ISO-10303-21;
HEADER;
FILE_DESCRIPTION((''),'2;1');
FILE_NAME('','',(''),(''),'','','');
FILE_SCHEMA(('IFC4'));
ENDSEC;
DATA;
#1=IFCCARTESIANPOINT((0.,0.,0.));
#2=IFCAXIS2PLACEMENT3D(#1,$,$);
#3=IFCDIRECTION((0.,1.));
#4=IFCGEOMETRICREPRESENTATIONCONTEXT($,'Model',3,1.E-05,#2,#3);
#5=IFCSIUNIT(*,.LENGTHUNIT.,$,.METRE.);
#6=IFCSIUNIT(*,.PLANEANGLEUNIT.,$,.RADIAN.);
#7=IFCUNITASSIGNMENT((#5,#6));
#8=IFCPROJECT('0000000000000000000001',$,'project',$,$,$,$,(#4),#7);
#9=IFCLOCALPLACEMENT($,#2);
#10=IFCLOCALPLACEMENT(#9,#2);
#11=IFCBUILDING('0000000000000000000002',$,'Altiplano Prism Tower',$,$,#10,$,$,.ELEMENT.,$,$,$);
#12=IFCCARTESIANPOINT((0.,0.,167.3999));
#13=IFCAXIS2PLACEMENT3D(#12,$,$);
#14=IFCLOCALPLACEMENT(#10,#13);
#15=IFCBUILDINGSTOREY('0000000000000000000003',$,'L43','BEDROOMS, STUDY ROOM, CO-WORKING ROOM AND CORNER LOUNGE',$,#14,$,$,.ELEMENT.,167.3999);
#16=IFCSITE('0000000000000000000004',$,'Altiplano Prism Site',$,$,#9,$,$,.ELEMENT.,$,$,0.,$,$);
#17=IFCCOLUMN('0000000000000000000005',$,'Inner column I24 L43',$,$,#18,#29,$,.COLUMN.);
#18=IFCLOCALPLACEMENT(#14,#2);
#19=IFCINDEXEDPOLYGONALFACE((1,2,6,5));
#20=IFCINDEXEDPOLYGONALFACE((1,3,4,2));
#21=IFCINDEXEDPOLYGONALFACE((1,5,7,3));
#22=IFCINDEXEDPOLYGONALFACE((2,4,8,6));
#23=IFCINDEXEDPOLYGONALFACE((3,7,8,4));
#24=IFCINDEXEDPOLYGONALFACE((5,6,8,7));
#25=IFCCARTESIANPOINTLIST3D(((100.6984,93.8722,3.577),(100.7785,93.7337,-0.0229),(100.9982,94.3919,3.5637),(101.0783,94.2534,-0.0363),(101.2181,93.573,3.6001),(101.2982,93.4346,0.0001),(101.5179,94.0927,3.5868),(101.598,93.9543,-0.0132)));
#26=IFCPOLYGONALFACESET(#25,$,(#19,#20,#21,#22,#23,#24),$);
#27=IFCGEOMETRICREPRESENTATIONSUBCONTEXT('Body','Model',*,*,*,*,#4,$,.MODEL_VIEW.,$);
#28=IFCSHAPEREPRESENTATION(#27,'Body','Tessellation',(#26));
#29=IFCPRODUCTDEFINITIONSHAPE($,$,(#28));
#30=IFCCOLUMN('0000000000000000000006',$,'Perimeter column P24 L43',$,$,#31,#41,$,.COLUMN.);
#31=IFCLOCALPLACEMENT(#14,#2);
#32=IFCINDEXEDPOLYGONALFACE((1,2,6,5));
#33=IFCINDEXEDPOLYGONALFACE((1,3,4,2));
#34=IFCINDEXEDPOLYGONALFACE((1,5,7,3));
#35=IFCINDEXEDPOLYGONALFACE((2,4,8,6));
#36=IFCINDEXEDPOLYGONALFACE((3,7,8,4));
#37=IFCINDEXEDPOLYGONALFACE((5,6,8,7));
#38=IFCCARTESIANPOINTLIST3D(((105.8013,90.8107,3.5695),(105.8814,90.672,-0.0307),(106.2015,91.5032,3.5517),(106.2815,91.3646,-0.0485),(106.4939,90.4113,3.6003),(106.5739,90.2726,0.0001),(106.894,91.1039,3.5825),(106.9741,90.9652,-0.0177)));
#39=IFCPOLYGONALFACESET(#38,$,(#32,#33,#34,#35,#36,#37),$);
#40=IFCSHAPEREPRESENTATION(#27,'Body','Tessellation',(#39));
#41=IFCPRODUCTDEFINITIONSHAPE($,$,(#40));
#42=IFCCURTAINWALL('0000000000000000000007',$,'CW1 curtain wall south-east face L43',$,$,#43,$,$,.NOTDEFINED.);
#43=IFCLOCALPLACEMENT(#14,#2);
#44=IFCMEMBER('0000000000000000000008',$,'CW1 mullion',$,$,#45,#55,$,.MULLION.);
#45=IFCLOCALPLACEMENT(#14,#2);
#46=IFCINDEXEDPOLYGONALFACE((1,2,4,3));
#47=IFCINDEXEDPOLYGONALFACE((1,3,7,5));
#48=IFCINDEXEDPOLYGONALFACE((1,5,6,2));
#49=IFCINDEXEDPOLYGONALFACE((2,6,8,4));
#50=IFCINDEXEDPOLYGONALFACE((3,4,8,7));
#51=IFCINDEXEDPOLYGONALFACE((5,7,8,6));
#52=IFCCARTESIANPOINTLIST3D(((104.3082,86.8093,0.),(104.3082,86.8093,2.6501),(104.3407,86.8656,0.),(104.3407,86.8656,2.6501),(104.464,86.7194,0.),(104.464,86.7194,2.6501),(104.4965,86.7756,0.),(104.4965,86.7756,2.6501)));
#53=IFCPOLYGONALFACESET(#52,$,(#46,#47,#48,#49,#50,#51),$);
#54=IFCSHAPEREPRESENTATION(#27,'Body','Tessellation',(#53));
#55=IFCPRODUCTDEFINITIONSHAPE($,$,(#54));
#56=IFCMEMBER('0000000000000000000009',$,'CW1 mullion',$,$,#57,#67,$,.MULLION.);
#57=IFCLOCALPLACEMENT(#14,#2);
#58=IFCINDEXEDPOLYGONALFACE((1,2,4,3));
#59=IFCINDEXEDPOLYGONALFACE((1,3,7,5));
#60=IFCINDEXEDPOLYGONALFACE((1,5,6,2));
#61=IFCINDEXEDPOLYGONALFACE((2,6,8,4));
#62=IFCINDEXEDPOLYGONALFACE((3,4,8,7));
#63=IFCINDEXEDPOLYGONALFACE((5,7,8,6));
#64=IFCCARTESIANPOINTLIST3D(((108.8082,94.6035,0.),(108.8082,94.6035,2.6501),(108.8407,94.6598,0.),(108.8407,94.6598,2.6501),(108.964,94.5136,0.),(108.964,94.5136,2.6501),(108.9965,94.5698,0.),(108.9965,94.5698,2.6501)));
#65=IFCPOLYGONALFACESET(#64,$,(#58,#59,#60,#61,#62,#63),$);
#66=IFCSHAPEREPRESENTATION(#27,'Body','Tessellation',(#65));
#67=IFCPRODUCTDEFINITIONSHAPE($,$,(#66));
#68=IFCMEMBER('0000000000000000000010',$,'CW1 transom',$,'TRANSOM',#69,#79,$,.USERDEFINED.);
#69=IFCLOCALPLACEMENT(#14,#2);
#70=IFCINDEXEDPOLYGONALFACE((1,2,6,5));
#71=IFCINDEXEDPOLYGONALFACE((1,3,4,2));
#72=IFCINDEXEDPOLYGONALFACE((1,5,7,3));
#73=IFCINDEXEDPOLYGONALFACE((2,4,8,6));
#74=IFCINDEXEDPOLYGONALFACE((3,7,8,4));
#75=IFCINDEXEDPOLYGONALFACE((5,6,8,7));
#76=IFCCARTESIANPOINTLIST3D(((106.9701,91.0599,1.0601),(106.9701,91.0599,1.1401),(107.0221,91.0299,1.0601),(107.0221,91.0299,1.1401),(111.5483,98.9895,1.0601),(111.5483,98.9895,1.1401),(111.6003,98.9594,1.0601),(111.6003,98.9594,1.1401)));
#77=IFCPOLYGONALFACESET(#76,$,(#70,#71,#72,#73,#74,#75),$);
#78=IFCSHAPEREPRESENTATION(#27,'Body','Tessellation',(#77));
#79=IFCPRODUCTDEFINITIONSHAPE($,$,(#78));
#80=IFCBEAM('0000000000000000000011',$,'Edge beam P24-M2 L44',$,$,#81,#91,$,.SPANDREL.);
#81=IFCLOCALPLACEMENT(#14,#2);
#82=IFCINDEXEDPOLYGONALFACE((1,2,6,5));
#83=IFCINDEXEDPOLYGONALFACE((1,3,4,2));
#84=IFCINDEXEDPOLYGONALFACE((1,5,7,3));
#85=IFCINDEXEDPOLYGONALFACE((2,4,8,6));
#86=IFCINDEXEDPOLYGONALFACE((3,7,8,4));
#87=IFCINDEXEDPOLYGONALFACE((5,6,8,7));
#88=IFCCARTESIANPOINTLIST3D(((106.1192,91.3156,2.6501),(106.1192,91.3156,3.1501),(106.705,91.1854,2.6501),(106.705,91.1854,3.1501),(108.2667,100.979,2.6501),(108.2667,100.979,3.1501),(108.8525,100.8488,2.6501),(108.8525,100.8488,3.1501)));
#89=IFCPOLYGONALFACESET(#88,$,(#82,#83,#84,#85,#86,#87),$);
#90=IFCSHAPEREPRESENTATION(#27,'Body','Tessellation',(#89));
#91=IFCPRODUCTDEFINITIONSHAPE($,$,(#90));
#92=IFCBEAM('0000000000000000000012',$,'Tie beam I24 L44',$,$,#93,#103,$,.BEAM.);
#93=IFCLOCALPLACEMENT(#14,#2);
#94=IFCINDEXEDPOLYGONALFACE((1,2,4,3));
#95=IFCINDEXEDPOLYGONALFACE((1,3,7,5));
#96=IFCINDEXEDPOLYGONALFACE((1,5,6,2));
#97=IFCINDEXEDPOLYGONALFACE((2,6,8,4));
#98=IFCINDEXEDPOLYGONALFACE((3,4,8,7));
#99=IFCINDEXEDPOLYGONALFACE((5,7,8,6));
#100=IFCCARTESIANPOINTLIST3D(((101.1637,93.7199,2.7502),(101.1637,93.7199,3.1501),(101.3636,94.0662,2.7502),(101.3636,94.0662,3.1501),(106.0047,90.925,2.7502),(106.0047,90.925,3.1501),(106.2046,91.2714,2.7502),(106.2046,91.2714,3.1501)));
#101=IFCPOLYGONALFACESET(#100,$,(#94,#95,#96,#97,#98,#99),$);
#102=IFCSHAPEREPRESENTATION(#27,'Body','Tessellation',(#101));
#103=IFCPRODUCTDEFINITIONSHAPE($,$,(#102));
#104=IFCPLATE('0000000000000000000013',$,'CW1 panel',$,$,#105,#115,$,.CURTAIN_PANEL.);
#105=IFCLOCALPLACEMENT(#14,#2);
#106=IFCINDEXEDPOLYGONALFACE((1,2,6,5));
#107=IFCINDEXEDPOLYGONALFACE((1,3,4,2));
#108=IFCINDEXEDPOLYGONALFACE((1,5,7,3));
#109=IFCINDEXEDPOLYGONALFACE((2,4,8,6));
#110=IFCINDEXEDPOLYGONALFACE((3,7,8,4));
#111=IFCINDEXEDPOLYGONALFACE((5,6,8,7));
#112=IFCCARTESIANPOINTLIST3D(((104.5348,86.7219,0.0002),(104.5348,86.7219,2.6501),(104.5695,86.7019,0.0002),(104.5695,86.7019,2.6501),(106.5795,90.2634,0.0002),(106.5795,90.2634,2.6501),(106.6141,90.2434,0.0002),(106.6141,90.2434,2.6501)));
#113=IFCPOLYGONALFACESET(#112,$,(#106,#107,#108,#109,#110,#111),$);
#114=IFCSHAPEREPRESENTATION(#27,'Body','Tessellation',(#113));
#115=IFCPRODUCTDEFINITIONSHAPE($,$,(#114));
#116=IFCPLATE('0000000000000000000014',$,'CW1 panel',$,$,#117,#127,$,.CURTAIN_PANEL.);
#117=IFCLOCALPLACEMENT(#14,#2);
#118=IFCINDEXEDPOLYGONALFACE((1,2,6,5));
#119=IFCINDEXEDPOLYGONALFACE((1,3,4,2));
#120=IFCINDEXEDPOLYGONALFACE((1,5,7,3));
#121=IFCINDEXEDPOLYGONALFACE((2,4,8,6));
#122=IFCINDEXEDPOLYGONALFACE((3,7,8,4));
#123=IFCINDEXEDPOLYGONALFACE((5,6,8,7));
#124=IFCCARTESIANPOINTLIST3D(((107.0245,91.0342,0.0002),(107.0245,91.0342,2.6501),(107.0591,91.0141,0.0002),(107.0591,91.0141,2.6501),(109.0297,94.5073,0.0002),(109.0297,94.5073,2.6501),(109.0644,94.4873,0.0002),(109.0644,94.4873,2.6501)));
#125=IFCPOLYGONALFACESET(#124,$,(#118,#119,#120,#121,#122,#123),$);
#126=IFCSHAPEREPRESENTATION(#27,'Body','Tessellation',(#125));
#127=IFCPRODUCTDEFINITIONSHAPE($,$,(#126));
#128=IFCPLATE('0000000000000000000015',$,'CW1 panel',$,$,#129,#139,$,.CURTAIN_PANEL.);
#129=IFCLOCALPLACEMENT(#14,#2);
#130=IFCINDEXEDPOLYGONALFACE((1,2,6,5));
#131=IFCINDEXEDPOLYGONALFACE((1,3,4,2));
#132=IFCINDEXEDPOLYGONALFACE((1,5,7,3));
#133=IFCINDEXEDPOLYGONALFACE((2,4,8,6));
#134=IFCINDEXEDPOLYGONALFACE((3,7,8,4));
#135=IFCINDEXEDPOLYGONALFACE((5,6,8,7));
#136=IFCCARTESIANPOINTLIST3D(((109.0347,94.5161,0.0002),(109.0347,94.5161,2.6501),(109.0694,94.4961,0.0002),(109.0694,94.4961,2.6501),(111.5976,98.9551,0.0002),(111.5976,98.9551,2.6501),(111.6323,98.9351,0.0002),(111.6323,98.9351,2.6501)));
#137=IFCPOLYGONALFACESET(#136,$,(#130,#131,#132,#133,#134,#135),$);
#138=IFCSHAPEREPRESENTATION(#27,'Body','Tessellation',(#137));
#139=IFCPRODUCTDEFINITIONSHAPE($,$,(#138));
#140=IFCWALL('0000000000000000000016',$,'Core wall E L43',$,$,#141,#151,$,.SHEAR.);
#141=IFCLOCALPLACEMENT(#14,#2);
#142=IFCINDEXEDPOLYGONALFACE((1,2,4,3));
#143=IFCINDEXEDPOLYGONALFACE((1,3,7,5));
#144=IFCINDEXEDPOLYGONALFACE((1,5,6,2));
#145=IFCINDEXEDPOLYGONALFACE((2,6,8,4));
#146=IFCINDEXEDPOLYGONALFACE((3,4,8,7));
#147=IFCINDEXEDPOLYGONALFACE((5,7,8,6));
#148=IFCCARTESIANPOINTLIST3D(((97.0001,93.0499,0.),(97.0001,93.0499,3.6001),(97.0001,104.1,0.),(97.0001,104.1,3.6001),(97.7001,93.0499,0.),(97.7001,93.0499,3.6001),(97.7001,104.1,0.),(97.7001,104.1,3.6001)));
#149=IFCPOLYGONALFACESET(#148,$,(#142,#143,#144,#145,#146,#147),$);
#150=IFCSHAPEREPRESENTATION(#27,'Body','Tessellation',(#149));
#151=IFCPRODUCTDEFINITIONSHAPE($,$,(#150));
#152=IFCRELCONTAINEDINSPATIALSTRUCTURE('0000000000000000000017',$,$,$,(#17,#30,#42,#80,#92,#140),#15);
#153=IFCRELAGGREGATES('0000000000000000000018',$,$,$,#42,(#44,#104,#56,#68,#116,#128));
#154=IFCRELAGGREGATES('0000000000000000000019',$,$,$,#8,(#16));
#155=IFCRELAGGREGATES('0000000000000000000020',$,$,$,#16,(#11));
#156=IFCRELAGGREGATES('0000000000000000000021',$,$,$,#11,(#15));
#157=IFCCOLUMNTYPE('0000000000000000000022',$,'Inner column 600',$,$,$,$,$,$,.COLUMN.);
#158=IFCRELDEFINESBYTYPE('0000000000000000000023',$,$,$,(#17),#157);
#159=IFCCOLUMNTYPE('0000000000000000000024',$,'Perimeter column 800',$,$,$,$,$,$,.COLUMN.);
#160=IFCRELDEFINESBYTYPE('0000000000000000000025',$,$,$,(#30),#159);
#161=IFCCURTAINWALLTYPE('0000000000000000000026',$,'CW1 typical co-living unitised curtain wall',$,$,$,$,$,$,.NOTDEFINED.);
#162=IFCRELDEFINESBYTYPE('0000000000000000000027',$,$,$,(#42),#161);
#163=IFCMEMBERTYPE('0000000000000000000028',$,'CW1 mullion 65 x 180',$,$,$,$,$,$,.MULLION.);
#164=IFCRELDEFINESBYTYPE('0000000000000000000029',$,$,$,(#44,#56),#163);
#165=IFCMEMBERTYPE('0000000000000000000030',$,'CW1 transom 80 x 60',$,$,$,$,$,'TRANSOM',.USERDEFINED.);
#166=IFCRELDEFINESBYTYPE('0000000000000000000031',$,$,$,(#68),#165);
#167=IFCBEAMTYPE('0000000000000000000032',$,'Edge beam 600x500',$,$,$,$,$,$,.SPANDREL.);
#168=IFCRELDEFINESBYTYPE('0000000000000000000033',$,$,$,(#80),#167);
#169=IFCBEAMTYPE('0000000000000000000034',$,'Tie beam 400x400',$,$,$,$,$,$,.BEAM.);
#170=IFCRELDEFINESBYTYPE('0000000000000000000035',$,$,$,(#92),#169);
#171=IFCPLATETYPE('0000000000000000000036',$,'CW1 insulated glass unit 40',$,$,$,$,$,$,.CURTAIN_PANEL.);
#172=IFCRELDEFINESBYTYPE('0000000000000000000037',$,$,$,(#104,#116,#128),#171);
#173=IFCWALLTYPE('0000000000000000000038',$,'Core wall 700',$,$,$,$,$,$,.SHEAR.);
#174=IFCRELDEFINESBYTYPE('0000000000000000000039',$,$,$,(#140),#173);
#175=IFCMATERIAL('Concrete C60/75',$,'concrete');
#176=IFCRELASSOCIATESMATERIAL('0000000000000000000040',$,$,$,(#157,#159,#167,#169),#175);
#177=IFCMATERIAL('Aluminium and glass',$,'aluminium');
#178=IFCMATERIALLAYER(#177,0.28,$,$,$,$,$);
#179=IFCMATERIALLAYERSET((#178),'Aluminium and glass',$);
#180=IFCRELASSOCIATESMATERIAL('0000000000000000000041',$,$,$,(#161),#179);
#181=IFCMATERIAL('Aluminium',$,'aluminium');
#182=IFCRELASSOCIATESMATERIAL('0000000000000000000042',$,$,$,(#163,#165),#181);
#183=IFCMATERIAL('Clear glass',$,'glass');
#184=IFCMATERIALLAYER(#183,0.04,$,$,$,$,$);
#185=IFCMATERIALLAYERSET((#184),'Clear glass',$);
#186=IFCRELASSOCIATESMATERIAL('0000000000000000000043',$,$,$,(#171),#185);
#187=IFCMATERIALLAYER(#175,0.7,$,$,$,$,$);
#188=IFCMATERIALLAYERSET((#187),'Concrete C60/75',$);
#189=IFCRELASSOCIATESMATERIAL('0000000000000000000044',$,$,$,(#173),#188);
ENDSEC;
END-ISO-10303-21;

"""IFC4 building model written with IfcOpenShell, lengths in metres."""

from ifc_helpers import new_model, si_unit, direction, frame, frame_2d, origin, origin_2d, place, context, subcontext, project, spatial, rectangle, extrude, material, layer, layer_set, material_profile, profile_set, type_object, element, aggregate, save


model = new_model("IFC4")

# Units and contexts
model_context = context("Model", 3, precision=1e-05, world=origin(), true_north=direction((0.0, 1.0)))
body_context = subcontext(model_context, "Body", "Model", "MODEL_VIEW")
ifc_project = project(units=[si_unit("LENGTHUNIT", "METRE"), si_unit("PLANEANGLEUNIT", "RADIAN")], contexts=[model_context])

# Site, building, storey
site_placement = place(None, origin())
site = spatial("IfcSite", under=ifc_project, at=site_placement, Name="Altiplano Prism Site", CompositionType="ELEMENT", RefElevation=0.0)
building_placement = place(site_placement, origin())
building = spatial("IfcBuilding", under=site, at=building_placement, Name="Altiplano Prism Tower", CompositionType="ELEMENT")
storey_placement = place(building_placement, frame((0.0, 0.0, 167.3999)))
storey = spatial("IfcBuildingStorey", under=building, at=storey_placement, Name="L43", Description="BEDROOMS, STUDY ROOM, CO-WORKING ROOM AND CORNER LOUNGE", CompositionType="ELEMENT", Elevation=167.3999)

# Columns
ifc_material_1 = material(Name="Concrete C60/75", Category="concrete")
ifc_material_profile_1 = material_profile(ifc_material_1, rectangle(XDim=0.6001, YDim=0.6001, at=origin_2d()), Name="Inner column 600")
ifc_profile_set_1 = profile_set([ifc_material_profile_1], Name="Concrete C60/75")
column_type_1 = type_object("IfcColumnType", Name="Inner column 600", PredefinedType="COLUMN", material=ifc_profile_set_1)
column_1_placement = place(storey_placement, frame((101.1882, 93.844, -0.0181), z_axis=(-0.022223, 0.038416, 0.999015), x_axis=(-0.499508, -0.866025, 0.02219)))
element("IfcColumn", 1, at=column_1_placement, inside=storey, type_object=column_type_1, Name="Inner column I24 L43", PredefinedType="COLUMN", context=body_context, shape_type="SweptSolid", body=[
    extrude(rectangle(XDim=0.6001, YDim=0.6001, at=origin_2d()), origin(), (0.0, 0.0, 1.0), 3.6035),
])
ifc_material_profile_2 = material_profile(ifc_material_1, rectangle(XDim=0.8, YDim=0.8, at=origin_2d()), Name="Perimeter column 800")
ifc_profile_set_2 = profile_set([ifc_material_profile_2], Name="Concrete C60/75")
column_type_2 = type_object("IfcColumnType", Name="Perimeter column 800", PredefinedType="COLUMN", material=ifc_profile_set_2)
column_2_placement = place(storey_placement, frame((106.4277, 90.8186, -0.0242), z_axis=(-0.022221, 0.038481, 0.999012), x_axis=(-0.50017, -0.865642, 0.022218)))
element("IfcColumn", 2, at=column_2_placement, inside=storey, type_object=column_type_2, Name="Perimeter column P24 L43", PredefinedType="COLUMN", context=body_context, shape_type="SweptSolid", body=[
    extrude(rectangle(XDim=0.8, YDim=0.8, at=origin_2d()), origin(), (0.0, 0.0, 1.0), 3.6038),
])

# Curtain wall, members
ifc_material_2 = material(Name="Aluminium and glass", Category="aluminium")
ifc_layer_1 = layer(ifc_material_2, 0.28)
ifc_layer_set_1 = layer_set([ifc_layer_1], Name="Aluminium and glass")
curtain_wall_type = type_object("IfcCurtainWallType", Name="CW1 typical co-living unitised curtain wall", PredefinedType="NOTDEFINED", material=ifc_layer_set_1)
curtain_wall_placement = place(storey_placement, origin())
curtain_wall = element("IfcCurtainWall", 3, at=curtain_wall_placement, inside=storey, type_object=curtain_wall_type, Name="CW1 curtain wall south-east face L43", PredefinedType="NOTDEFINED")
ifc_material_3 = material(Name="Aluminium", Category="aluminium")
ifc_material_profile_3 = material_profile(ifc_material_3, rectangle(XDim=0.1799, YDim=0.0649, at=origin_2d()), Name="CW1 mullion 65 x 180")
ifc_profile_set_3 = profile_set([ifc_material_profile_3], Name="Aluminium")
member_type_1 = type_object("IfcMemberType", Name="CW1 mullion 65 x 180", PredefinedType="MULLION", material=ifc_profile_set_3)
member_1_placement = place(storey_placement, frame((104.4023, 86.7925, 0.0), z_axis=(0.0, 0.0, 1.0), x_axis=(-0.866025, 0.5, 0.0)))
member_1 = element("IfcMember", 4, at=member_1_placement, type_object=member_type_1, Name="CW1 mullion", PredefinedType="MULLION", context=body_context, shape_type="SweptSolid", body=[
    extrude(rectangle(XDim=0.1799, YDim=0.0649, at=origin_2d()), origin(), (0.0, 0.0, 1.0), 2.6501),
])
member_2_placement = place(storey_placement, frame((108.9023, 94.5867, 0.0), z_axis=(0.0, 0.0, 1.0), x_axis=(-0.866025, 0.5, 0.0)))
member_2 = element("IfcMember", 5, at=member_2_placement, type_object=member_type_1, Name="CW1 mullion", PredefinedType="MULLION", context=body_context, shape_type="SweptSolid", body=[
    extrude(rectangle(XDim=0.1799, YDim=0.0649, at=origin_2d()), origin(), (0.0, 0.0, 1.0), 2.6501),
])
ifc_material_profile_4 = material_profile(ifc_material_3, rectangle(XDim=0.0601, YDim=0.0801, at=origin_2d()), Name="CW1 transom 80 x 60")
ifc_profile_set_4 = profile_set([ifc_material_profile_4], Name="Aluminium")
member_type_2 = type_object("IfcMemberType", Name="CW1 transom 80 x 60", ElementType="TRANSOM", PredefinedType="USERDEFINED", material=ifc_profile_set_4)
member_3_placement = place(storey_placement, frame((106.9961, 91.0449, 1.1001), z_axis=(0.500005, 0.866023, 0.0), x_axis=(-0.866023, 0.500005, 0.0)))
member_3 = element("IfcMember", 6, at=member_3_placement, type_object=member_type_2, Name="CW1 transom", ObjectType="TRANSOM", PredefinedType="USERDEFINED", context=body_context, shape_type="SweptSolid", body=[
    extrude(rectangle(XDim=0.0601, YDim=0.0801, at=origin_2d()), origin(), (0.0, 0.0, 1.0), 9.1562),
])

# Beams
ifc_material_profile_5 = material_profile(ifc_material_1, rectangle(XDim=0.6001, YDim=0.5, at=origin_2d()), Name="Edge beam 600x500")
ifc_profile_set_5 = profile_set([ifc_material_profile_5], Name="Concrete C60/75")
beam_type_1 = type_object("IfcBeamType", Name="Edge beam 600x500", PredefinedType="SPANDREL", material=ifc_profile_set_5)
beam_1_placement = place(storey_placement, frame((106.4121, 91.2505, 2.9001), z_axis=(0.216936, 0.976186, 0.0), x_axis=(-0.976186, 0.216936, 0.0)))
element("IfcBeam", 7, at=beam_1_placement, inside=storey, type_object=beam_type_1, Name="Edge beam P24-M2 L44", PredefinedType="SPANDREL", context=body_context, shape_type="SweptSolid", body=[
    extrude(rectangle(XDim=0.6001, YDim=0.5, at=origin_2d()), origin(), (0.0, 0.0, 1.0), 9.8992),
])
ifc_material_profile_6 = material_profile(ifc_material_1, rectangle(XDim=0.3999, YDim=0.3999, at=origin_2d()), Name="Tie beam 400x400")
ifc_profile_set_6 = profile_set([ifc_material_profile_6], Name="Concrete C60/75")
beam_type_2 = type_object("IfcBeamType", Name="Tie beam 400x400", PredefinedType="BEAM", material=ifc_profile_set_6)
beam_2_placement = place(storey_placement, frame((101.2637, 93.8931, 2.9502), z_axis=(0.866031, -0.499991, 0.0), x_axis=(0.499991, 0.866031, 0.0)))
element("IfcBeam", 8, at=beam_2_placement, inside=storey, type_object=beam_type_2, Name="Tie beam I24 L44", PredefinedType="BEAM", context=body_context, shape_type="SweptSolid", body=[
    extrude(rectangle(XDim=0.3999, YDim=0.3999, at=origin_2d()), origin(), (0.0, 0.0, 1.0), 5.5898),
])

# Plates
ifc_material_4 = material(Name="Clear glass", Category="glass")
ifc_layer_2 = layer(ifc_material_4, 0.04)
ifc_layer_set_2 = layer_set([ifc_layer_2], Name="Clear glass")
plate_type = type_object("IfcPlateType", Name="CW1 insulated glass unit 40", PredefinedType="CURTAIN_PANEL", material=ifc_layer_set_2)
plate_1_placement = place(storey_placement, frame((105.5745, 88.4827, 0.0002), z_axis=(0.0, 0.0, 1.0), x_axis=(0.5, 0.866025, 0.0)))
plate_1 = element("IfcPlate", 9, at=plate_1_placement, type_object=plate_type, Name="CW1 panel", PredefinedType="CURTAIN_PANEL", context=body_context, shape_type="SweptSolid", body=[
    extrude(rectangle(XDim=4.0894, YDim=0.04, at=origin_2d()), origin(), (0.0, 0.0, 1.0), 2.6499),
])
plate_2_placement = place(storey_placement, frame((108.0444, 92.7607, 0.0002), z_axis=(0.0, 0.0, 1.0), x_axis=(0.5, 0.866025, 0.0)))
plate_2 = element("IfcPlate", 10, at=plate_2_placement, type_object=plate_type, Name="CW1 panel", PredefinedType="CURTAIN_PANEL", context=body_context, shape_type="SweptSolid", body=[
    extrude(rectangle(XDim=4.0105, YDim=0.04, at=origin_2d()), origin(), (0.0, 0.0, 1.0), 2.6499),
])
plate_3_placement = place(storey_placement, frame((110.3335, 96.7256, 0.0002), z_axis=(0.0, 0.0, 1.0), x_axis=(0.5, 0.866025, 0.0)))
plate_3 = element("IfcPlate", 11, at=plate_3_placement, type_object=plate_type, Name="CW1 panel", PredefinedType="CURTAIN_PANEL", context=body_context, shape_type="SweptSolid", body=[
    extrude(rectangle(XDim=5.1257, YDim=0.04, at=origin_2d()), origin(), (0.0, 0.0, 1.0), 2.6499),
])
aggregate(curtain_wall, [member_1, plate_1, member_2, member_3, plate_2, plate_3])

# Wall
ifc_layer_3 = layer(ifc_material_1, 0.7)
ifc_layer_set_3 = layer_set([ifc_layer_3], Name="Concrete C60/75")
wall_type_1 = type_object("IfcWallType", Name="Core wall 700", PredefinedType="SHEAR", material=ifc_layer_set_3)
wall_1_placement = place(storey_placement, frame((97.3501, 93.05, 0.0), z_axis=(0.0, 0.0, 1.0), x_axis=(0.0, 1.0, 0.0)))
element("IfcWall", 12, at=wall_1_placement, inside=storey, type_object=wall_type_1, Name="Core wall E L43", PredefinedType="SHEAR", context=body_context, shape_type="SweptSolid", body=[
    extrude(rectangle(XDim=11.05, YDim=0.7, at=frame_2d((5.5249, 0.0))), origin(), (0.0, 0.0, 1.0), 3.6001),
])

save(model, "model.ifc")
